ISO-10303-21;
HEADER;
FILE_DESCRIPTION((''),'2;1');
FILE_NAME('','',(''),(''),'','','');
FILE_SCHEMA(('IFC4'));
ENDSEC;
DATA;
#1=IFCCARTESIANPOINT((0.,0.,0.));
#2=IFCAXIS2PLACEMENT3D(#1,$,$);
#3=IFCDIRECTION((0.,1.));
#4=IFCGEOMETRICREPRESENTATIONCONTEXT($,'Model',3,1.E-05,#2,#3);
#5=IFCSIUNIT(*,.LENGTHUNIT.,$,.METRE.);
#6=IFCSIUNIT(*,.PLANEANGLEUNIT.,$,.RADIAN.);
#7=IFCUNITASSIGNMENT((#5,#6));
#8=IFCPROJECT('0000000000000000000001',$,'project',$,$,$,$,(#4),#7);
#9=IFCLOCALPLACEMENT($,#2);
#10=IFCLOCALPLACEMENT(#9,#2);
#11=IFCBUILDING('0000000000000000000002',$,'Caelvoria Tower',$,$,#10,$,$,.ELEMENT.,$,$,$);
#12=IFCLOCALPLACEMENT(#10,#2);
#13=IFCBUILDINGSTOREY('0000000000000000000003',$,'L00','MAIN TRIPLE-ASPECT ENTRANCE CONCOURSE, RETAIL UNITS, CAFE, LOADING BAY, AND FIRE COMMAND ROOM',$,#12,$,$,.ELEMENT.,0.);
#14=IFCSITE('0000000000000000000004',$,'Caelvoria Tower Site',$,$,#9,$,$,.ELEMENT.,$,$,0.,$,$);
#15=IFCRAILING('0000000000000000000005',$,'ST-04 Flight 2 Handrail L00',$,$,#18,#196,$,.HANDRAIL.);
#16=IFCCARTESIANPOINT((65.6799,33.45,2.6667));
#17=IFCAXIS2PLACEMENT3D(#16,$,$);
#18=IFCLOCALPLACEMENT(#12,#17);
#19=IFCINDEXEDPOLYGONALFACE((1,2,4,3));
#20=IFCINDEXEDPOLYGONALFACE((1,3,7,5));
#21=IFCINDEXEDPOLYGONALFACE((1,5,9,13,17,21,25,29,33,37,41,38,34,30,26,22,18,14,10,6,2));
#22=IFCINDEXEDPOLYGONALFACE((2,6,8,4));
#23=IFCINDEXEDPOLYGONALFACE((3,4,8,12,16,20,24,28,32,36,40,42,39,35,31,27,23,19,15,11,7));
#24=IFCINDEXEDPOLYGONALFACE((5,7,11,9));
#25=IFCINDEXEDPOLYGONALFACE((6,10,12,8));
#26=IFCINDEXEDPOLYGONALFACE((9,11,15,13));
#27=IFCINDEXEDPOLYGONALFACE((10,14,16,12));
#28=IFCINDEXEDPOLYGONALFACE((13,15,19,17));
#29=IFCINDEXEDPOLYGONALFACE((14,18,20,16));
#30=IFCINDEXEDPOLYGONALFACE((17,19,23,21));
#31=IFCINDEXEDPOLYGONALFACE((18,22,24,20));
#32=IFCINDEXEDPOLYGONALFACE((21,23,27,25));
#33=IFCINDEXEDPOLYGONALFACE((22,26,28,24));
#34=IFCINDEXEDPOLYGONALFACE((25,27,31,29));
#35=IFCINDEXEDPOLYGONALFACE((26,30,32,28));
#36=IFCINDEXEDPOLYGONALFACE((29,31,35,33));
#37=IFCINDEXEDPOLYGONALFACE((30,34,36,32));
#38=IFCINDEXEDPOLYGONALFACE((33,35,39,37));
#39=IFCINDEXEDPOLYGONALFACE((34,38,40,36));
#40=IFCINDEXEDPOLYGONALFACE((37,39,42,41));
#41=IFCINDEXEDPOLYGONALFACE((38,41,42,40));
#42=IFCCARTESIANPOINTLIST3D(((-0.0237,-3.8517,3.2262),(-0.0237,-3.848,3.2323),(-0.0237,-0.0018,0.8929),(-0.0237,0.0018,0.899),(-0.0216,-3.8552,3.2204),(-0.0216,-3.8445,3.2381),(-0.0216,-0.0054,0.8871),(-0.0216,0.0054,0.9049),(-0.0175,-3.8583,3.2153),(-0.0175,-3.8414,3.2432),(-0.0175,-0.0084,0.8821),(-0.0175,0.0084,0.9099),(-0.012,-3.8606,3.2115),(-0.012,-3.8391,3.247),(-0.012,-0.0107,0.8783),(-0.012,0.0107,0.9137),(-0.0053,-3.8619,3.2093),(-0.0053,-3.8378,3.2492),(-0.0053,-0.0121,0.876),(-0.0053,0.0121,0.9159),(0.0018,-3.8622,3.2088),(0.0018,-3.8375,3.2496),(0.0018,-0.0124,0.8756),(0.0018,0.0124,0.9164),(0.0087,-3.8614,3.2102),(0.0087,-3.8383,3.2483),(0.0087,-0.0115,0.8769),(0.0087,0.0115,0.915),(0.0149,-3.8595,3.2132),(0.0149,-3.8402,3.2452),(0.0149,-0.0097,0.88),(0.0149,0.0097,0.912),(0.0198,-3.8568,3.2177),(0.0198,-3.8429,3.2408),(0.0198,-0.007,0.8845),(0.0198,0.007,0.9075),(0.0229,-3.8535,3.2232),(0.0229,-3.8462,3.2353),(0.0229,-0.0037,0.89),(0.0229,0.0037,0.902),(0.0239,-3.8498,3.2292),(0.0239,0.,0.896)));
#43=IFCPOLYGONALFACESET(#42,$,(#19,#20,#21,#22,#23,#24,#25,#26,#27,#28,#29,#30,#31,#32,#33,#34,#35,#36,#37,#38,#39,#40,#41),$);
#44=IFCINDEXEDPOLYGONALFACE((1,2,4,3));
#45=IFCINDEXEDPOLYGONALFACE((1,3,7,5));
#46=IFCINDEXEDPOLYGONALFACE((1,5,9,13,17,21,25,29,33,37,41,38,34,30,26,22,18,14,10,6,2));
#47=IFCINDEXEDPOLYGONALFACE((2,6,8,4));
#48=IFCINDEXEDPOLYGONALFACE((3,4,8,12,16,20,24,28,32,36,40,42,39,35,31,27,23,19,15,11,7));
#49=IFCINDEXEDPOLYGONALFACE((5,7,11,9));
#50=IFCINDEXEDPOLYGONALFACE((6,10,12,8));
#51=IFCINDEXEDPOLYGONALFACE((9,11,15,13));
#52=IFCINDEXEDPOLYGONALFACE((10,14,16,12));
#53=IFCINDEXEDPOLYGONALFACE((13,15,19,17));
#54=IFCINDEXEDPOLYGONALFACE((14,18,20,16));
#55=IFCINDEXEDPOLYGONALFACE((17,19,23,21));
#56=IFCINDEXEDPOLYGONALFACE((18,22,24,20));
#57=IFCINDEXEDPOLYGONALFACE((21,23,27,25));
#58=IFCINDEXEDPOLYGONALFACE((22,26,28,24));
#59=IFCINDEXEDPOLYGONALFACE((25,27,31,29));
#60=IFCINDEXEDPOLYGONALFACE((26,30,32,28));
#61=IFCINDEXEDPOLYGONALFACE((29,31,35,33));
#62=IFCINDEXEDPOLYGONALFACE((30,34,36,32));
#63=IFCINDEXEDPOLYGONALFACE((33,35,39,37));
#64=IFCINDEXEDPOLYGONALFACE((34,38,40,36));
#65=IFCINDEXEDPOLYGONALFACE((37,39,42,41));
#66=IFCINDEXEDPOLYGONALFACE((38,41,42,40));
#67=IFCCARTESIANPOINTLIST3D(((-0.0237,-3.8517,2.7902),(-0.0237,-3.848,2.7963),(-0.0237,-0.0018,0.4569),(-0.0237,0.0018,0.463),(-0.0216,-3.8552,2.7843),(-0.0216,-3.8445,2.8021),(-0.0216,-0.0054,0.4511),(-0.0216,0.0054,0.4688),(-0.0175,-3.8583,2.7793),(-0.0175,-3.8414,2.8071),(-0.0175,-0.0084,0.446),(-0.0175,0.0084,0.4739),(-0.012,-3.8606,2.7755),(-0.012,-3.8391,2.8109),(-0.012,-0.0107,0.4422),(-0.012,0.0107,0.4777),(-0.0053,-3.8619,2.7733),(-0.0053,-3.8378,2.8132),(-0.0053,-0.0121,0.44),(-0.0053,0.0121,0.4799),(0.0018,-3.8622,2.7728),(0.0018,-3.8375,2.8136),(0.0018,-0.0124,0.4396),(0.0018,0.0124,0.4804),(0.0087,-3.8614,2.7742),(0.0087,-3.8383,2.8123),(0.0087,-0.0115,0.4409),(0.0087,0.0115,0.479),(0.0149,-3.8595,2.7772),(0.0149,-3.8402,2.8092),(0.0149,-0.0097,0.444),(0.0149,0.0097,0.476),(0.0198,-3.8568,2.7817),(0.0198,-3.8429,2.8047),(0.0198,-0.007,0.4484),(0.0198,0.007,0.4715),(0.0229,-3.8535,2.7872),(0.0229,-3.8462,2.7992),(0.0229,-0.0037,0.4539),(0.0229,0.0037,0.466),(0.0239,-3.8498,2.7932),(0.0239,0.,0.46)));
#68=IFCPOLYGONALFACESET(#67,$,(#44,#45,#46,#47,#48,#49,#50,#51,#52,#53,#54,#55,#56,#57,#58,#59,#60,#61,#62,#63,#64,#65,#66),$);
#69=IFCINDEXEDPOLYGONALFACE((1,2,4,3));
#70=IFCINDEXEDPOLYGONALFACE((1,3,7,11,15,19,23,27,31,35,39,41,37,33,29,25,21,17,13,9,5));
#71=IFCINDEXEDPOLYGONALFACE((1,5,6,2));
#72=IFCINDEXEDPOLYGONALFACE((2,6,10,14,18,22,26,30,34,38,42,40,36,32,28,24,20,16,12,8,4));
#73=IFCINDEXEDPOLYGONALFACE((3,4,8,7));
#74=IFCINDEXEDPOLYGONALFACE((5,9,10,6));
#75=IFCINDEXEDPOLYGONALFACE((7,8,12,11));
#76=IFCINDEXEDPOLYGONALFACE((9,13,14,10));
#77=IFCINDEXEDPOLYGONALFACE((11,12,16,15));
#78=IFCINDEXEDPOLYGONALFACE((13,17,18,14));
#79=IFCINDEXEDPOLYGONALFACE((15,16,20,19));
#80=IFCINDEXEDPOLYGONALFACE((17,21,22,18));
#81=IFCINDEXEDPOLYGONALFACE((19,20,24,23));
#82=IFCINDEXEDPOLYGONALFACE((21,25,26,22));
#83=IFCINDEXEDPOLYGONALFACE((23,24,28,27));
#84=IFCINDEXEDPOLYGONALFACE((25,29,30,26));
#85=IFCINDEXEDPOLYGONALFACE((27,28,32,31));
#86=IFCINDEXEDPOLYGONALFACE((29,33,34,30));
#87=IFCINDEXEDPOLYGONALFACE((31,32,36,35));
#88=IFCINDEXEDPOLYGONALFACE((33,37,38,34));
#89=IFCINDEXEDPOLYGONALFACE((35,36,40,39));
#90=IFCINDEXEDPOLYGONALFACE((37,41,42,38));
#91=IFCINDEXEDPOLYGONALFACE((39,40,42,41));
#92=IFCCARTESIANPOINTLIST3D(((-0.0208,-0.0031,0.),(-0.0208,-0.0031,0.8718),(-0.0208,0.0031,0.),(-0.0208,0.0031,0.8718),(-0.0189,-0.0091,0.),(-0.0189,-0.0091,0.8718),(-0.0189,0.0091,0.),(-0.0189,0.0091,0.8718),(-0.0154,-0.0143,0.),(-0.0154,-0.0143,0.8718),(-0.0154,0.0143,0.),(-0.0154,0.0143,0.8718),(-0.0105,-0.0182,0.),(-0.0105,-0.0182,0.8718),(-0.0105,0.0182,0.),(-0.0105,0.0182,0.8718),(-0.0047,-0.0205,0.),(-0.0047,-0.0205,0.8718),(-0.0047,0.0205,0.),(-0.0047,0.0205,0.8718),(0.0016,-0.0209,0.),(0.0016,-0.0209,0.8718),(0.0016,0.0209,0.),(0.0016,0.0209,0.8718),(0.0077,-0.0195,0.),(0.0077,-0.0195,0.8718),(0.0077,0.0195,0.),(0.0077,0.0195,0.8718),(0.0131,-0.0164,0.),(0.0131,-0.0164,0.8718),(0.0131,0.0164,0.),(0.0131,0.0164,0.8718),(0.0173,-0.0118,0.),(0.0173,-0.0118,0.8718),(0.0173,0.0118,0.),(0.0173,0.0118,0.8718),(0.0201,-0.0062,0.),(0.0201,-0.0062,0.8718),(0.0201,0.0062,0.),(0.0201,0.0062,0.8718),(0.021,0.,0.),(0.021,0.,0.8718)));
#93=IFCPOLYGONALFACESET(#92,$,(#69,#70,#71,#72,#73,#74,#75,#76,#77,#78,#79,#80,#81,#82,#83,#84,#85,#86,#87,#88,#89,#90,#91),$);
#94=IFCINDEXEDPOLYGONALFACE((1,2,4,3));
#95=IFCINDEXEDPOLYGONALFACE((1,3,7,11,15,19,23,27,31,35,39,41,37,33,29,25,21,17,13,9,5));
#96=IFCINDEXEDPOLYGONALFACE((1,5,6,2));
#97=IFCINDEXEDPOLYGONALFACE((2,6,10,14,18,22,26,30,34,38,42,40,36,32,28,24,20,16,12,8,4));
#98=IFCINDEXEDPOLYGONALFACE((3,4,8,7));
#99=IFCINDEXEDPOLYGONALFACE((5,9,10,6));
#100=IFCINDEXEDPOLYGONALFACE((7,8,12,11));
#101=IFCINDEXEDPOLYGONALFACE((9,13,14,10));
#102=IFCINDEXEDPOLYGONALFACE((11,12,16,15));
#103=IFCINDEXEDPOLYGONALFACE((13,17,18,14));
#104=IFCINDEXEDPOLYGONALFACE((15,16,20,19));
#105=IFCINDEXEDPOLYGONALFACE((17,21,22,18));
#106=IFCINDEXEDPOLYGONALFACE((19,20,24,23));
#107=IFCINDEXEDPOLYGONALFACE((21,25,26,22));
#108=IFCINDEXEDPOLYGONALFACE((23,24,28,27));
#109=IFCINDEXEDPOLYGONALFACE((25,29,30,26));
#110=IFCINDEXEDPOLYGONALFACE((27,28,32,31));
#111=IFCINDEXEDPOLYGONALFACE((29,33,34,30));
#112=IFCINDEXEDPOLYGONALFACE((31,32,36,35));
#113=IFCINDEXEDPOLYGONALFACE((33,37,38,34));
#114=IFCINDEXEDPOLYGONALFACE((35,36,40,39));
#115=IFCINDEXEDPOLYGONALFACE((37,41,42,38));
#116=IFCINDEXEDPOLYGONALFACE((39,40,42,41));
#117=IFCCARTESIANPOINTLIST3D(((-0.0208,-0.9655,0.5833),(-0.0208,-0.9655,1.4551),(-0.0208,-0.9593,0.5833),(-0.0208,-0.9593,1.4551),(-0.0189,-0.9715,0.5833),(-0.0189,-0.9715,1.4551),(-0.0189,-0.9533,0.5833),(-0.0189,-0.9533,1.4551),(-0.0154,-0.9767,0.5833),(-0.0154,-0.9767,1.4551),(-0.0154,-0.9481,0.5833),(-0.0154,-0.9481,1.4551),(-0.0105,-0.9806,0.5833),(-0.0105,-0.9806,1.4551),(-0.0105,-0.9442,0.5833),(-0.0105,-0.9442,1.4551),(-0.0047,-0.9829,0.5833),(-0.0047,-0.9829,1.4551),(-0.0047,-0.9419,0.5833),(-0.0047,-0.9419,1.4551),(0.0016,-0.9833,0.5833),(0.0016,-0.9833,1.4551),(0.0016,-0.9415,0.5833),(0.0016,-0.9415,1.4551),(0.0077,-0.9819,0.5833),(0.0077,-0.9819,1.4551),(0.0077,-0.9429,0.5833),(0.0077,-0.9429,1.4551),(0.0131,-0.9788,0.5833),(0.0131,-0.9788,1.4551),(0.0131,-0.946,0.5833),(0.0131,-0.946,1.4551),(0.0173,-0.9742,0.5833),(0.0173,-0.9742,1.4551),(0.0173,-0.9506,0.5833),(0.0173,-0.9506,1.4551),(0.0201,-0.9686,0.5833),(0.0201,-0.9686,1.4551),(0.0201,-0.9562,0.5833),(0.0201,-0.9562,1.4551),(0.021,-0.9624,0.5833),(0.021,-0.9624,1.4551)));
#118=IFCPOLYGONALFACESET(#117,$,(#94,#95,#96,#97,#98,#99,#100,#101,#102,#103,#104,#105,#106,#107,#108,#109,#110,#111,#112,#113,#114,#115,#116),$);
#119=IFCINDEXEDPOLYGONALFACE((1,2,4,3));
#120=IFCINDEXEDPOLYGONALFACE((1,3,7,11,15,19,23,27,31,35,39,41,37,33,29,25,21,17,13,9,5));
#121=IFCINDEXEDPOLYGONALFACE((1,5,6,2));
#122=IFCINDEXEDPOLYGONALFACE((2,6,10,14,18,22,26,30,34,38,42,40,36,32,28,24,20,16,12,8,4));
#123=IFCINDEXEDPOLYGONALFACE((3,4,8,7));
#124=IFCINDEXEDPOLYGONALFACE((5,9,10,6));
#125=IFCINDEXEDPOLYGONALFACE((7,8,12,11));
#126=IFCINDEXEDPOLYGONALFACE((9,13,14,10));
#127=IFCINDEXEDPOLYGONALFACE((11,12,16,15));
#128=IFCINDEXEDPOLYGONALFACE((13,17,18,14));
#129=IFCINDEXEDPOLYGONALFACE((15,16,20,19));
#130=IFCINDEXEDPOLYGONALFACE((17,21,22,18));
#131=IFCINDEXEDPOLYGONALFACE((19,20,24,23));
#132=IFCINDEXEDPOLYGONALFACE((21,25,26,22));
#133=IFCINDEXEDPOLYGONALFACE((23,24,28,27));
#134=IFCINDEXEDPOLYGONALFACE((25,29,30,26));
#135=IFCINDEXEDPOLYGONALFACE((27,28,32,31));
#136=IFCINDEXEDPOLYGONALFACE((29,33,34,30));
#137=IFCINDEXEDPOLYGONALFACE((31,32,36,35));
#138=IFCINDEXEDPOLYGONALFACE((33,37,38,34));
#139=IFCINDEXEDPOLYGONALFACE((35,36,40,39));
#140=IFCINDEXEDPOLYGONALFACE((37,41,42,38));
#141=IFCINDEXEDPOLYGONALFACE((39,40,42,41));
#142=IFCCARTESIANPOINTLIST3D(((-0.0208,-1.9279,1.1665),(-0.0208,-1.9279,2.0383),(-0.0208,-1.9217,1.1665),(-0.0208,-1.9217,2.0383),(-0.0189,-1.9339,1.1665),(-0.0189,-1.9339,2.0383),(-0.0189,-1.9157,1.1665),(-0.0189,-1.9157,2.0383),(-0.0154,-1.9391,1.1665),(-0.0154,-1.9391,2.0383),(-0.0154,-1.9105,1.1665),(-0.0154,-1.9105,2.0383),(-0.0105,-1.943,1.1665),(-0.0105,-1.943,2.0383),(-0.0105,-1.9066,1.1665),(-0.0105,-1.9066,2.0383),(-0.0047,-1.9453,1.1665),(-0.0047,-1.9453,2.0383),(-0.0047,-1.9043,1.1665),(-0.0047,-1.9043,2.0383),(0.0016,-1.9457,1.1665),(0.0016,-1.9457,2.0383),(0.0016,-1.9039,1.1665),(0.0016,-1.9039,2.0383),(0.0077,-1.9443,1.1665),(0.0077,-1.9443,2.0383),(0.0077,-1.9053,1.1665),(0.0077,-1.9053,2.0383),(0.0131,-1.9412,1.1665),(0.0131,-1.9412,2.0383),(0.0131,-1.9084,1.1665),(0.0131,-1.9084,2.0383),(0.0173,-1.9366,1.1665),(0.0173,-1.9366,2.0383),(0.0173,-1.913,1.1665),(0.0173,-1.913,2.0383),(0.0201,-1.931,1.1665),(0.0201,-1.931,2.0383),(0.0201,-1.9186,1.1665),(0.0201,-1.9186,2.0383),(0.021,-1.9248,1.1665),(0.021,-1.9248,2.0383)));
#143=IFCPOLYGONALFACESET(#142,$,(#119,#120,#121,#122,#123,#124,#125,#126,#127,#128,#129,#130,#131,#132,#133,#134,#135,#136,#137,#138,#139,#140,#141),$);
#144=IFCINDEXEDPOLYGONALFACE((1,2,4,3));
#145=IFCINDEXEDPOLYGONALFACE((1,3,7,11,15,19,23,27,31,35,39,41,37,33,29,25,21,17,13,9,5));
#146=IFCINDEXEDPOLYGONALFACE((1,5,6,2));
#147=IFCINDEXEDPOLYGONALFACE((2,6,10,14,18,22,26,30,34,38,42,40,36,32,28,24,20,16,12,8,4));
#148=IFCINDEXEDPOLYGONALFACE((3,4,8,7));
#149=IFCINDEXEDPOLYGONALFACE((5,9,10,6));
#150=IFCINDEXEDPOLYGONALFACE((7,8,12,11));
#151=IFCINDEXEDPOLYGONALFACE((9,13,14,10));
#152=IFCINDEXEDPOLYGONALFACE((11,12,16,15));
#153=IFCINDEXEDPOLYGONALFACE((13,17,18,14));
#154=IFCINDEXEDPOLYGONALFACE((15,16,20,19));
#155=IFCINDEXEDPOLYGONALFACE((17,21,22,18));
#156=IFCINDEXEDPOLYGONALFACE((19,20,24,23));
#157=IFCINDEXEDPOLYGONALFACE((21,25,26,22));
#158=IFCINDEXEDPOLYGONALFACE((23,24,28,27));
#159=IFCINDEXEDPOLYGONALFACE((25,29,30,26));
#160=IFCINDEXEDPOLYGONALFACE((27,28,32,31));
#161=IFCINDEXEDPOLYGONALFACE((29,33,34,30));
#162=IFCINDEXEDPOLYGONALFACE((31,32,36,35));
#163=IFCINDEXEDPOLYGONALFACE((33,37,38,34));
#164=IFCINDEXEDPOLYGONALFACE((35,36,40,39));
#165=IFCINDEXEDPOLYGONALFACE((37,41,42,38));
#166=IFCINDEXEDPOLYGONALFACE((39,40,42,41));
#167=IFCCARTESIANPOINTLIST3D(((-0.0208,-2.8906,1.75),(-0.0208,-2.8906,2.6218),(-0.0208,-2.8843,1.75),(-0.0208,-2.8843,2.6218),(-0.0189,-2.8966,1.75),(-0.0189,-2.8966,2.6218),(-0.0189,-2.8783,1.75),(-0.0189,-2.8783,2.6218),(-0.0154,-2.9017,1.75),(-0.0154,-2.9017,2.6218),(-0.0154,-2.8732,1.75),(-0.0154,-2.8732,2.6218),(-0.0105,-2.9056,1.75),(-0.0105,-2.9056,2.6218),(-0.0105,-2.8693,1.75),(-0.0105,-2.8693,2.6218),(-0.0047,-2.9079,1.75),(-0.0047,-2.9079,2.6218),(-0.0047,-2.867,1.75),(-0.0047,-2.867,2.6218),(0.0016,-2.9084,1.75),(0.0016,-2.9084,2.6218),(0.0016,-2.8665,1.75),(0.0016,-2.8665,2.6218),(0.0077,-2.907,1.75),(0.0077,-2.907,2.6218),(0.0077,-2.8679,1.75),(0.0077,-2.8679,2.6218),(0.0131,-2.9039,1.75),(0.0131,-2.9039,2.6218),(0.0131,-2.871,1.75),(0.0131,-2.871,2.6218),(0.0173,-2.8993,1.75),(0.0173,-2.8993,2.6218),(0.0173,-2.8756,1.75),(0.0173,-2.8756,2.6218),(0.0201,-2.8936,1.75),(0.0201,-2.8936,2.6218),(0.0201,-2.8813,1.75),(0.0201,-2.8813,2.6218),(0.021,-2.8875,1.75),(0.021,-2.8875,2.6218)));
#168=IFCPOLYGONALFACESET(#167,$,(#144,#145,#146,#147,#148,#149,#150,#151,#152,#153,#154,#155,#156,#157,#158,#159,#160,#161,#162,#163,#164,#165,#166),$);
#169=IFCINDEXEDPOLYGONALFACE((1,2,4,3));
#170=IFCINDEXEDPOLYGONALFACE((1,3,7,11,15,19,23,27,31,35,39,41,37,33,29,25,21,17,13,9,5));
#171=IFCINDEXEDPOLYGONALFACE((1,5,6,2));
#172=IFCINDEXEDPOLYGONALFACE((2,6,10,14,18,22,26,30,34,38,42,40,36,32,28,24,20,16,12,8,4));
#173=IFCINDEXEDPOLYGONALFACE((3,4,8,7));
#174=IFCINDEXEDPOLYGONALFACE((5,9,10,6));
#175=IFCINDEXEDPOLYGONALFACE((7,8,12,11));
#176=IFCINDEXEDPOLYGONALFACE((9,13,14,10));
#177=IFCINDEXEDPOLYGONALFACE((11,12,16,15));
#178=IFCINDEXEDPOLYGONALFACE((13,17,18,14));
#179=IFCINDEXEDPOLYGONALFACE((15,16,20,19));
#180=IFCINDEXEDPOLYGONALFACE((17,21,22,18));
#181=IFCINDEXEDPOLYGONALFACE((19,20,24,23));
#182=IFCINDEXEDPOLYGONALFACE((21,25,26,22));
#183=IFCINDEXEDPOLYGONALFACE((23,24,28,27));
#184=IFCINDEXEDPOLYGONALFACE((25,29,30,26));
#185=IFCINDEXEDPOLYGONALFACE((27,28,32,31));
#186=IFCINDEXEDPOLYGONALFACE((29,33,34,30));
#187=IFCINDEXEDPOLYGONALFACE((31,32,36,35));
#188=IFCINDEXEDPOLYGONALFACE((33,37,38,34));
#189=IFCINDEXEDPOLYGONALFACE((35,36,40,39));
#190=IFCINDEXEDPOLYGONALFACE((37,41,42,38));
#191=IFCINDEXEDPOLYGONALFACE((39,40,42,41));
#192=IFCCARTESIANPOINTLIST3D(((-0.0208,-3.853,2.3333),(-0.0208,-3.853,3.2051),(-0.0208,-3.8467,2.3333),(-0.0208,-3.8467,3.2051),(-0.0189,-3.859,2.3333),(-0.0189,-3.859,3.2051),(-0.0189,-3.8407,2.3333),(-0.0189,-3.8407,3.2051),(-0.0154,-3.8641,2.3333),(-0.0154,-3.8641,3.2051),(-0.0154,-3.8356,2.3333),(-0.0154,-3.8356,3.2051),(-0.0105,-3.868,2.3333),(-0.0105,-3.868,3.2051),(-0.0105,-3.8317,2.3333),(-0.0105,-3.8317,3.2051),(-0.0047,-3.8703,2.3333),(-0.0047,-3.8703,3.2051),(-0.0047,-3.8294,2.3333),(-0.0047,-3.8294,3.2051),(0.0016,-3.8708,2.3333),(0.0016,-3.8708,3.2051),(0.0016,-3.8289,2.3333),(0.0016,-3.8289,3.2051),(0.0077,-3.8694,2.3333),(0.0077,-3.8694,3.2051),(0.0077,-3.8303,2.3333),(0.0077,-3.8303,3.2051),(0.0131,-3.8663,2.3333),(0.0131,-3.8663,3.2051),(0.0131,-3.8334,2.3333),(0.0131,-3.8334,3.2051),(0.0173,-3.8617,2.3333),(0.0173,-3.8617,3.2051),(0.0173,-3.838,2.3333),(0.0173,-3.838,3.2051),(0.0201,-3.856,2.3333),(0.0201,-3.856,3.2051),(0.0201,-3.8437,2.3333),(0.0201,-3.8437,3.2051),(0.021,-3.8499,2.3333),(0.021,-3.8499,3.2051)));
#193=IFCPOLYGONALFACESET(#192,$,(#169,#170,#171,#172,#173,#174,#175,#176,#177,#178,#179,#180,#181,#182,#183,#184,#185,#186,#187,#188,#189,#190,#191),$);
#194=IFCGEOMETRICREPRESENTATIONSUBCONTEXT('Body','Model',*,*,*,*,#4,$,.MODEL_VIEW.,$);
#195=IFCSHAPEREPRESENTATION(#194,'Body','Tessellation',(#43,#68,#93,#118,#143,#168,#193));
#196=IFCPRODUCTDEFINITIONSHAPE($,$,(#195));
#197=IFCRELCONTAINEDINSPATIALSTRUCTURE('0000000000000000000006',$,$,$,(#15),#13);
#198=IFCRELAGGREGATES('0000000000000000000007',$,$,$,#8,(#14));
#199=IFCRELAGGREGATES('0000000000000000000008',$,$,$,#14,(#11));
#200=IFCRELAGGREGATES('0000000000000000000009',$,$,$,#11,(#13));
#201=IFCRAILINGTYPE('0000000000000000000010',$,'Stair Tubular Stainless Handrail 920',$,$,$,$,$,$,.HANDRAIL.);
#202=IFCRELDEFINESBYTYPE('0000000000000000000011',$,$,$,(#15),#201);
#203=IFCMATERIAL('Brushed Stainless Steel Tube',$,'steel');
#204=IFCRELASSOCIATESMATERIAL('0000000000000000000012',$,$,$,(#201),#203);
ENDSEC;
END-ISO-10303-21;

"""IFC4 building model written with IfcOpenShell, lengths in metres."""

from ifc_helpers import new_model, si_unit, direction, frame, origin, origin_2d, place, context, subcontext, project, spatial, circle, extrude, material, type_object, element, save


model = new_model("IFC4")

# Units and contexts
model_context = context("Model", 3, precision=1e-05, world=origin(), true_north=direction((0.0, 1.0)))
body_context = subcontext(model_context, "Body", "Model", "MODEL_VIEW")
ifc_project = project(units=[si_unit("LENGTHUNIT", "METRE"), si_unit("PLANEANGLEUNIT", "RADIAN")], contexts=[model_context])

# Site, building, storey
site_placement = place(None, origin())
site = spatial("IfcSite", under=ifc_project, at=site_placement, Name="Caelvoria Tower Site", CompositionType="ELEMENT", RefElevation=0.0)
building_placement = place(site_placement, origin())
building = spatial("IfcBuilding", under=site, at=building_placement, Name="Caelvoria Tower", CompositionType="ELEMENT")
storey_placement = place(building_placement, origin())
storey = spatial("IfcBuildingStorey", under=building, at=storey_placement, Name="L00", Description="MAIN TRIPLE-ASPECT ENTRANCE CONCOURSE, RETAIL UNITS, CAFE, LOADING BAY, AND FIRE COMMAND ROOM", CompositionType="ELEMENT", Elevation=0.0)

# Railing
ifc_material_1 = material(Name="Brushed Stainless Steel Tube", Category="steel")
railing_type_1 = type_object("IfcRailingType", Name="Stair Tubular Stainless Handrail 920", PredefinedType="HANDRAIL", material=ifc_material_1)
railing_1_placement = place(storey_placement, frame((65.6799, 33.45, 2.6667)))
element("IfcRailing", 1, at=railing_1_placement, inside=storey, type_object=railing_type_1, Name="ST-04 Flight 2 Handrail L00", PredefinedType="HANDRAIL", context=body_context, shape_type="SweptSolid", body=[
    extrude(circle(Radius=0.0239, at=origin_2d()), frame((0.0, 0.0, 0.896), z_axis=(0.0, -0.855197, 0.518303), x_axis=(1.0, 0.0, 0.0)), (0.0, 0.0, 1.0), 4.5017),
    extrude(circle(Radius=0.0239, at=origin_2d()), frame((0.0, 0.0, 0.46), z_axis=(0.0, -0.855197, 0.518303), x_axis=(1.0, 0.0, 0.0)), (0.0, 0.0, 1.0), 4.5017),
    extrude(circle(Radius=0.021, at=origin_2d()), origin(), (0.0, 0.0, 1.0), 0.8718),
    extrude(circle(Radius=0.021, at=origin_2d()), frame((0.0, -0.9624, 0.5833)), (0.0, 0.0, 1.0), 0.8718),
    extrude(circle(Radius=0.021, at=origin_2d()), frame((0.0, -1.9248, 1.1665)), (0.0, 0.0, 1.0), 0.8718),
    extrude(circle(Radius=0.021, at=origin_2d()), frame((0.0, -2.8875, 1.75)), (0.0, 0.0, 1.0), 0.8718),
    extrude(circle(Radius=0.021, at=origin_2d()), frame((0.0, -3.8499, 2.3333)), (0.0, 0.0, 1.0), 0.8718),
])

save(model, "model.ifc")
